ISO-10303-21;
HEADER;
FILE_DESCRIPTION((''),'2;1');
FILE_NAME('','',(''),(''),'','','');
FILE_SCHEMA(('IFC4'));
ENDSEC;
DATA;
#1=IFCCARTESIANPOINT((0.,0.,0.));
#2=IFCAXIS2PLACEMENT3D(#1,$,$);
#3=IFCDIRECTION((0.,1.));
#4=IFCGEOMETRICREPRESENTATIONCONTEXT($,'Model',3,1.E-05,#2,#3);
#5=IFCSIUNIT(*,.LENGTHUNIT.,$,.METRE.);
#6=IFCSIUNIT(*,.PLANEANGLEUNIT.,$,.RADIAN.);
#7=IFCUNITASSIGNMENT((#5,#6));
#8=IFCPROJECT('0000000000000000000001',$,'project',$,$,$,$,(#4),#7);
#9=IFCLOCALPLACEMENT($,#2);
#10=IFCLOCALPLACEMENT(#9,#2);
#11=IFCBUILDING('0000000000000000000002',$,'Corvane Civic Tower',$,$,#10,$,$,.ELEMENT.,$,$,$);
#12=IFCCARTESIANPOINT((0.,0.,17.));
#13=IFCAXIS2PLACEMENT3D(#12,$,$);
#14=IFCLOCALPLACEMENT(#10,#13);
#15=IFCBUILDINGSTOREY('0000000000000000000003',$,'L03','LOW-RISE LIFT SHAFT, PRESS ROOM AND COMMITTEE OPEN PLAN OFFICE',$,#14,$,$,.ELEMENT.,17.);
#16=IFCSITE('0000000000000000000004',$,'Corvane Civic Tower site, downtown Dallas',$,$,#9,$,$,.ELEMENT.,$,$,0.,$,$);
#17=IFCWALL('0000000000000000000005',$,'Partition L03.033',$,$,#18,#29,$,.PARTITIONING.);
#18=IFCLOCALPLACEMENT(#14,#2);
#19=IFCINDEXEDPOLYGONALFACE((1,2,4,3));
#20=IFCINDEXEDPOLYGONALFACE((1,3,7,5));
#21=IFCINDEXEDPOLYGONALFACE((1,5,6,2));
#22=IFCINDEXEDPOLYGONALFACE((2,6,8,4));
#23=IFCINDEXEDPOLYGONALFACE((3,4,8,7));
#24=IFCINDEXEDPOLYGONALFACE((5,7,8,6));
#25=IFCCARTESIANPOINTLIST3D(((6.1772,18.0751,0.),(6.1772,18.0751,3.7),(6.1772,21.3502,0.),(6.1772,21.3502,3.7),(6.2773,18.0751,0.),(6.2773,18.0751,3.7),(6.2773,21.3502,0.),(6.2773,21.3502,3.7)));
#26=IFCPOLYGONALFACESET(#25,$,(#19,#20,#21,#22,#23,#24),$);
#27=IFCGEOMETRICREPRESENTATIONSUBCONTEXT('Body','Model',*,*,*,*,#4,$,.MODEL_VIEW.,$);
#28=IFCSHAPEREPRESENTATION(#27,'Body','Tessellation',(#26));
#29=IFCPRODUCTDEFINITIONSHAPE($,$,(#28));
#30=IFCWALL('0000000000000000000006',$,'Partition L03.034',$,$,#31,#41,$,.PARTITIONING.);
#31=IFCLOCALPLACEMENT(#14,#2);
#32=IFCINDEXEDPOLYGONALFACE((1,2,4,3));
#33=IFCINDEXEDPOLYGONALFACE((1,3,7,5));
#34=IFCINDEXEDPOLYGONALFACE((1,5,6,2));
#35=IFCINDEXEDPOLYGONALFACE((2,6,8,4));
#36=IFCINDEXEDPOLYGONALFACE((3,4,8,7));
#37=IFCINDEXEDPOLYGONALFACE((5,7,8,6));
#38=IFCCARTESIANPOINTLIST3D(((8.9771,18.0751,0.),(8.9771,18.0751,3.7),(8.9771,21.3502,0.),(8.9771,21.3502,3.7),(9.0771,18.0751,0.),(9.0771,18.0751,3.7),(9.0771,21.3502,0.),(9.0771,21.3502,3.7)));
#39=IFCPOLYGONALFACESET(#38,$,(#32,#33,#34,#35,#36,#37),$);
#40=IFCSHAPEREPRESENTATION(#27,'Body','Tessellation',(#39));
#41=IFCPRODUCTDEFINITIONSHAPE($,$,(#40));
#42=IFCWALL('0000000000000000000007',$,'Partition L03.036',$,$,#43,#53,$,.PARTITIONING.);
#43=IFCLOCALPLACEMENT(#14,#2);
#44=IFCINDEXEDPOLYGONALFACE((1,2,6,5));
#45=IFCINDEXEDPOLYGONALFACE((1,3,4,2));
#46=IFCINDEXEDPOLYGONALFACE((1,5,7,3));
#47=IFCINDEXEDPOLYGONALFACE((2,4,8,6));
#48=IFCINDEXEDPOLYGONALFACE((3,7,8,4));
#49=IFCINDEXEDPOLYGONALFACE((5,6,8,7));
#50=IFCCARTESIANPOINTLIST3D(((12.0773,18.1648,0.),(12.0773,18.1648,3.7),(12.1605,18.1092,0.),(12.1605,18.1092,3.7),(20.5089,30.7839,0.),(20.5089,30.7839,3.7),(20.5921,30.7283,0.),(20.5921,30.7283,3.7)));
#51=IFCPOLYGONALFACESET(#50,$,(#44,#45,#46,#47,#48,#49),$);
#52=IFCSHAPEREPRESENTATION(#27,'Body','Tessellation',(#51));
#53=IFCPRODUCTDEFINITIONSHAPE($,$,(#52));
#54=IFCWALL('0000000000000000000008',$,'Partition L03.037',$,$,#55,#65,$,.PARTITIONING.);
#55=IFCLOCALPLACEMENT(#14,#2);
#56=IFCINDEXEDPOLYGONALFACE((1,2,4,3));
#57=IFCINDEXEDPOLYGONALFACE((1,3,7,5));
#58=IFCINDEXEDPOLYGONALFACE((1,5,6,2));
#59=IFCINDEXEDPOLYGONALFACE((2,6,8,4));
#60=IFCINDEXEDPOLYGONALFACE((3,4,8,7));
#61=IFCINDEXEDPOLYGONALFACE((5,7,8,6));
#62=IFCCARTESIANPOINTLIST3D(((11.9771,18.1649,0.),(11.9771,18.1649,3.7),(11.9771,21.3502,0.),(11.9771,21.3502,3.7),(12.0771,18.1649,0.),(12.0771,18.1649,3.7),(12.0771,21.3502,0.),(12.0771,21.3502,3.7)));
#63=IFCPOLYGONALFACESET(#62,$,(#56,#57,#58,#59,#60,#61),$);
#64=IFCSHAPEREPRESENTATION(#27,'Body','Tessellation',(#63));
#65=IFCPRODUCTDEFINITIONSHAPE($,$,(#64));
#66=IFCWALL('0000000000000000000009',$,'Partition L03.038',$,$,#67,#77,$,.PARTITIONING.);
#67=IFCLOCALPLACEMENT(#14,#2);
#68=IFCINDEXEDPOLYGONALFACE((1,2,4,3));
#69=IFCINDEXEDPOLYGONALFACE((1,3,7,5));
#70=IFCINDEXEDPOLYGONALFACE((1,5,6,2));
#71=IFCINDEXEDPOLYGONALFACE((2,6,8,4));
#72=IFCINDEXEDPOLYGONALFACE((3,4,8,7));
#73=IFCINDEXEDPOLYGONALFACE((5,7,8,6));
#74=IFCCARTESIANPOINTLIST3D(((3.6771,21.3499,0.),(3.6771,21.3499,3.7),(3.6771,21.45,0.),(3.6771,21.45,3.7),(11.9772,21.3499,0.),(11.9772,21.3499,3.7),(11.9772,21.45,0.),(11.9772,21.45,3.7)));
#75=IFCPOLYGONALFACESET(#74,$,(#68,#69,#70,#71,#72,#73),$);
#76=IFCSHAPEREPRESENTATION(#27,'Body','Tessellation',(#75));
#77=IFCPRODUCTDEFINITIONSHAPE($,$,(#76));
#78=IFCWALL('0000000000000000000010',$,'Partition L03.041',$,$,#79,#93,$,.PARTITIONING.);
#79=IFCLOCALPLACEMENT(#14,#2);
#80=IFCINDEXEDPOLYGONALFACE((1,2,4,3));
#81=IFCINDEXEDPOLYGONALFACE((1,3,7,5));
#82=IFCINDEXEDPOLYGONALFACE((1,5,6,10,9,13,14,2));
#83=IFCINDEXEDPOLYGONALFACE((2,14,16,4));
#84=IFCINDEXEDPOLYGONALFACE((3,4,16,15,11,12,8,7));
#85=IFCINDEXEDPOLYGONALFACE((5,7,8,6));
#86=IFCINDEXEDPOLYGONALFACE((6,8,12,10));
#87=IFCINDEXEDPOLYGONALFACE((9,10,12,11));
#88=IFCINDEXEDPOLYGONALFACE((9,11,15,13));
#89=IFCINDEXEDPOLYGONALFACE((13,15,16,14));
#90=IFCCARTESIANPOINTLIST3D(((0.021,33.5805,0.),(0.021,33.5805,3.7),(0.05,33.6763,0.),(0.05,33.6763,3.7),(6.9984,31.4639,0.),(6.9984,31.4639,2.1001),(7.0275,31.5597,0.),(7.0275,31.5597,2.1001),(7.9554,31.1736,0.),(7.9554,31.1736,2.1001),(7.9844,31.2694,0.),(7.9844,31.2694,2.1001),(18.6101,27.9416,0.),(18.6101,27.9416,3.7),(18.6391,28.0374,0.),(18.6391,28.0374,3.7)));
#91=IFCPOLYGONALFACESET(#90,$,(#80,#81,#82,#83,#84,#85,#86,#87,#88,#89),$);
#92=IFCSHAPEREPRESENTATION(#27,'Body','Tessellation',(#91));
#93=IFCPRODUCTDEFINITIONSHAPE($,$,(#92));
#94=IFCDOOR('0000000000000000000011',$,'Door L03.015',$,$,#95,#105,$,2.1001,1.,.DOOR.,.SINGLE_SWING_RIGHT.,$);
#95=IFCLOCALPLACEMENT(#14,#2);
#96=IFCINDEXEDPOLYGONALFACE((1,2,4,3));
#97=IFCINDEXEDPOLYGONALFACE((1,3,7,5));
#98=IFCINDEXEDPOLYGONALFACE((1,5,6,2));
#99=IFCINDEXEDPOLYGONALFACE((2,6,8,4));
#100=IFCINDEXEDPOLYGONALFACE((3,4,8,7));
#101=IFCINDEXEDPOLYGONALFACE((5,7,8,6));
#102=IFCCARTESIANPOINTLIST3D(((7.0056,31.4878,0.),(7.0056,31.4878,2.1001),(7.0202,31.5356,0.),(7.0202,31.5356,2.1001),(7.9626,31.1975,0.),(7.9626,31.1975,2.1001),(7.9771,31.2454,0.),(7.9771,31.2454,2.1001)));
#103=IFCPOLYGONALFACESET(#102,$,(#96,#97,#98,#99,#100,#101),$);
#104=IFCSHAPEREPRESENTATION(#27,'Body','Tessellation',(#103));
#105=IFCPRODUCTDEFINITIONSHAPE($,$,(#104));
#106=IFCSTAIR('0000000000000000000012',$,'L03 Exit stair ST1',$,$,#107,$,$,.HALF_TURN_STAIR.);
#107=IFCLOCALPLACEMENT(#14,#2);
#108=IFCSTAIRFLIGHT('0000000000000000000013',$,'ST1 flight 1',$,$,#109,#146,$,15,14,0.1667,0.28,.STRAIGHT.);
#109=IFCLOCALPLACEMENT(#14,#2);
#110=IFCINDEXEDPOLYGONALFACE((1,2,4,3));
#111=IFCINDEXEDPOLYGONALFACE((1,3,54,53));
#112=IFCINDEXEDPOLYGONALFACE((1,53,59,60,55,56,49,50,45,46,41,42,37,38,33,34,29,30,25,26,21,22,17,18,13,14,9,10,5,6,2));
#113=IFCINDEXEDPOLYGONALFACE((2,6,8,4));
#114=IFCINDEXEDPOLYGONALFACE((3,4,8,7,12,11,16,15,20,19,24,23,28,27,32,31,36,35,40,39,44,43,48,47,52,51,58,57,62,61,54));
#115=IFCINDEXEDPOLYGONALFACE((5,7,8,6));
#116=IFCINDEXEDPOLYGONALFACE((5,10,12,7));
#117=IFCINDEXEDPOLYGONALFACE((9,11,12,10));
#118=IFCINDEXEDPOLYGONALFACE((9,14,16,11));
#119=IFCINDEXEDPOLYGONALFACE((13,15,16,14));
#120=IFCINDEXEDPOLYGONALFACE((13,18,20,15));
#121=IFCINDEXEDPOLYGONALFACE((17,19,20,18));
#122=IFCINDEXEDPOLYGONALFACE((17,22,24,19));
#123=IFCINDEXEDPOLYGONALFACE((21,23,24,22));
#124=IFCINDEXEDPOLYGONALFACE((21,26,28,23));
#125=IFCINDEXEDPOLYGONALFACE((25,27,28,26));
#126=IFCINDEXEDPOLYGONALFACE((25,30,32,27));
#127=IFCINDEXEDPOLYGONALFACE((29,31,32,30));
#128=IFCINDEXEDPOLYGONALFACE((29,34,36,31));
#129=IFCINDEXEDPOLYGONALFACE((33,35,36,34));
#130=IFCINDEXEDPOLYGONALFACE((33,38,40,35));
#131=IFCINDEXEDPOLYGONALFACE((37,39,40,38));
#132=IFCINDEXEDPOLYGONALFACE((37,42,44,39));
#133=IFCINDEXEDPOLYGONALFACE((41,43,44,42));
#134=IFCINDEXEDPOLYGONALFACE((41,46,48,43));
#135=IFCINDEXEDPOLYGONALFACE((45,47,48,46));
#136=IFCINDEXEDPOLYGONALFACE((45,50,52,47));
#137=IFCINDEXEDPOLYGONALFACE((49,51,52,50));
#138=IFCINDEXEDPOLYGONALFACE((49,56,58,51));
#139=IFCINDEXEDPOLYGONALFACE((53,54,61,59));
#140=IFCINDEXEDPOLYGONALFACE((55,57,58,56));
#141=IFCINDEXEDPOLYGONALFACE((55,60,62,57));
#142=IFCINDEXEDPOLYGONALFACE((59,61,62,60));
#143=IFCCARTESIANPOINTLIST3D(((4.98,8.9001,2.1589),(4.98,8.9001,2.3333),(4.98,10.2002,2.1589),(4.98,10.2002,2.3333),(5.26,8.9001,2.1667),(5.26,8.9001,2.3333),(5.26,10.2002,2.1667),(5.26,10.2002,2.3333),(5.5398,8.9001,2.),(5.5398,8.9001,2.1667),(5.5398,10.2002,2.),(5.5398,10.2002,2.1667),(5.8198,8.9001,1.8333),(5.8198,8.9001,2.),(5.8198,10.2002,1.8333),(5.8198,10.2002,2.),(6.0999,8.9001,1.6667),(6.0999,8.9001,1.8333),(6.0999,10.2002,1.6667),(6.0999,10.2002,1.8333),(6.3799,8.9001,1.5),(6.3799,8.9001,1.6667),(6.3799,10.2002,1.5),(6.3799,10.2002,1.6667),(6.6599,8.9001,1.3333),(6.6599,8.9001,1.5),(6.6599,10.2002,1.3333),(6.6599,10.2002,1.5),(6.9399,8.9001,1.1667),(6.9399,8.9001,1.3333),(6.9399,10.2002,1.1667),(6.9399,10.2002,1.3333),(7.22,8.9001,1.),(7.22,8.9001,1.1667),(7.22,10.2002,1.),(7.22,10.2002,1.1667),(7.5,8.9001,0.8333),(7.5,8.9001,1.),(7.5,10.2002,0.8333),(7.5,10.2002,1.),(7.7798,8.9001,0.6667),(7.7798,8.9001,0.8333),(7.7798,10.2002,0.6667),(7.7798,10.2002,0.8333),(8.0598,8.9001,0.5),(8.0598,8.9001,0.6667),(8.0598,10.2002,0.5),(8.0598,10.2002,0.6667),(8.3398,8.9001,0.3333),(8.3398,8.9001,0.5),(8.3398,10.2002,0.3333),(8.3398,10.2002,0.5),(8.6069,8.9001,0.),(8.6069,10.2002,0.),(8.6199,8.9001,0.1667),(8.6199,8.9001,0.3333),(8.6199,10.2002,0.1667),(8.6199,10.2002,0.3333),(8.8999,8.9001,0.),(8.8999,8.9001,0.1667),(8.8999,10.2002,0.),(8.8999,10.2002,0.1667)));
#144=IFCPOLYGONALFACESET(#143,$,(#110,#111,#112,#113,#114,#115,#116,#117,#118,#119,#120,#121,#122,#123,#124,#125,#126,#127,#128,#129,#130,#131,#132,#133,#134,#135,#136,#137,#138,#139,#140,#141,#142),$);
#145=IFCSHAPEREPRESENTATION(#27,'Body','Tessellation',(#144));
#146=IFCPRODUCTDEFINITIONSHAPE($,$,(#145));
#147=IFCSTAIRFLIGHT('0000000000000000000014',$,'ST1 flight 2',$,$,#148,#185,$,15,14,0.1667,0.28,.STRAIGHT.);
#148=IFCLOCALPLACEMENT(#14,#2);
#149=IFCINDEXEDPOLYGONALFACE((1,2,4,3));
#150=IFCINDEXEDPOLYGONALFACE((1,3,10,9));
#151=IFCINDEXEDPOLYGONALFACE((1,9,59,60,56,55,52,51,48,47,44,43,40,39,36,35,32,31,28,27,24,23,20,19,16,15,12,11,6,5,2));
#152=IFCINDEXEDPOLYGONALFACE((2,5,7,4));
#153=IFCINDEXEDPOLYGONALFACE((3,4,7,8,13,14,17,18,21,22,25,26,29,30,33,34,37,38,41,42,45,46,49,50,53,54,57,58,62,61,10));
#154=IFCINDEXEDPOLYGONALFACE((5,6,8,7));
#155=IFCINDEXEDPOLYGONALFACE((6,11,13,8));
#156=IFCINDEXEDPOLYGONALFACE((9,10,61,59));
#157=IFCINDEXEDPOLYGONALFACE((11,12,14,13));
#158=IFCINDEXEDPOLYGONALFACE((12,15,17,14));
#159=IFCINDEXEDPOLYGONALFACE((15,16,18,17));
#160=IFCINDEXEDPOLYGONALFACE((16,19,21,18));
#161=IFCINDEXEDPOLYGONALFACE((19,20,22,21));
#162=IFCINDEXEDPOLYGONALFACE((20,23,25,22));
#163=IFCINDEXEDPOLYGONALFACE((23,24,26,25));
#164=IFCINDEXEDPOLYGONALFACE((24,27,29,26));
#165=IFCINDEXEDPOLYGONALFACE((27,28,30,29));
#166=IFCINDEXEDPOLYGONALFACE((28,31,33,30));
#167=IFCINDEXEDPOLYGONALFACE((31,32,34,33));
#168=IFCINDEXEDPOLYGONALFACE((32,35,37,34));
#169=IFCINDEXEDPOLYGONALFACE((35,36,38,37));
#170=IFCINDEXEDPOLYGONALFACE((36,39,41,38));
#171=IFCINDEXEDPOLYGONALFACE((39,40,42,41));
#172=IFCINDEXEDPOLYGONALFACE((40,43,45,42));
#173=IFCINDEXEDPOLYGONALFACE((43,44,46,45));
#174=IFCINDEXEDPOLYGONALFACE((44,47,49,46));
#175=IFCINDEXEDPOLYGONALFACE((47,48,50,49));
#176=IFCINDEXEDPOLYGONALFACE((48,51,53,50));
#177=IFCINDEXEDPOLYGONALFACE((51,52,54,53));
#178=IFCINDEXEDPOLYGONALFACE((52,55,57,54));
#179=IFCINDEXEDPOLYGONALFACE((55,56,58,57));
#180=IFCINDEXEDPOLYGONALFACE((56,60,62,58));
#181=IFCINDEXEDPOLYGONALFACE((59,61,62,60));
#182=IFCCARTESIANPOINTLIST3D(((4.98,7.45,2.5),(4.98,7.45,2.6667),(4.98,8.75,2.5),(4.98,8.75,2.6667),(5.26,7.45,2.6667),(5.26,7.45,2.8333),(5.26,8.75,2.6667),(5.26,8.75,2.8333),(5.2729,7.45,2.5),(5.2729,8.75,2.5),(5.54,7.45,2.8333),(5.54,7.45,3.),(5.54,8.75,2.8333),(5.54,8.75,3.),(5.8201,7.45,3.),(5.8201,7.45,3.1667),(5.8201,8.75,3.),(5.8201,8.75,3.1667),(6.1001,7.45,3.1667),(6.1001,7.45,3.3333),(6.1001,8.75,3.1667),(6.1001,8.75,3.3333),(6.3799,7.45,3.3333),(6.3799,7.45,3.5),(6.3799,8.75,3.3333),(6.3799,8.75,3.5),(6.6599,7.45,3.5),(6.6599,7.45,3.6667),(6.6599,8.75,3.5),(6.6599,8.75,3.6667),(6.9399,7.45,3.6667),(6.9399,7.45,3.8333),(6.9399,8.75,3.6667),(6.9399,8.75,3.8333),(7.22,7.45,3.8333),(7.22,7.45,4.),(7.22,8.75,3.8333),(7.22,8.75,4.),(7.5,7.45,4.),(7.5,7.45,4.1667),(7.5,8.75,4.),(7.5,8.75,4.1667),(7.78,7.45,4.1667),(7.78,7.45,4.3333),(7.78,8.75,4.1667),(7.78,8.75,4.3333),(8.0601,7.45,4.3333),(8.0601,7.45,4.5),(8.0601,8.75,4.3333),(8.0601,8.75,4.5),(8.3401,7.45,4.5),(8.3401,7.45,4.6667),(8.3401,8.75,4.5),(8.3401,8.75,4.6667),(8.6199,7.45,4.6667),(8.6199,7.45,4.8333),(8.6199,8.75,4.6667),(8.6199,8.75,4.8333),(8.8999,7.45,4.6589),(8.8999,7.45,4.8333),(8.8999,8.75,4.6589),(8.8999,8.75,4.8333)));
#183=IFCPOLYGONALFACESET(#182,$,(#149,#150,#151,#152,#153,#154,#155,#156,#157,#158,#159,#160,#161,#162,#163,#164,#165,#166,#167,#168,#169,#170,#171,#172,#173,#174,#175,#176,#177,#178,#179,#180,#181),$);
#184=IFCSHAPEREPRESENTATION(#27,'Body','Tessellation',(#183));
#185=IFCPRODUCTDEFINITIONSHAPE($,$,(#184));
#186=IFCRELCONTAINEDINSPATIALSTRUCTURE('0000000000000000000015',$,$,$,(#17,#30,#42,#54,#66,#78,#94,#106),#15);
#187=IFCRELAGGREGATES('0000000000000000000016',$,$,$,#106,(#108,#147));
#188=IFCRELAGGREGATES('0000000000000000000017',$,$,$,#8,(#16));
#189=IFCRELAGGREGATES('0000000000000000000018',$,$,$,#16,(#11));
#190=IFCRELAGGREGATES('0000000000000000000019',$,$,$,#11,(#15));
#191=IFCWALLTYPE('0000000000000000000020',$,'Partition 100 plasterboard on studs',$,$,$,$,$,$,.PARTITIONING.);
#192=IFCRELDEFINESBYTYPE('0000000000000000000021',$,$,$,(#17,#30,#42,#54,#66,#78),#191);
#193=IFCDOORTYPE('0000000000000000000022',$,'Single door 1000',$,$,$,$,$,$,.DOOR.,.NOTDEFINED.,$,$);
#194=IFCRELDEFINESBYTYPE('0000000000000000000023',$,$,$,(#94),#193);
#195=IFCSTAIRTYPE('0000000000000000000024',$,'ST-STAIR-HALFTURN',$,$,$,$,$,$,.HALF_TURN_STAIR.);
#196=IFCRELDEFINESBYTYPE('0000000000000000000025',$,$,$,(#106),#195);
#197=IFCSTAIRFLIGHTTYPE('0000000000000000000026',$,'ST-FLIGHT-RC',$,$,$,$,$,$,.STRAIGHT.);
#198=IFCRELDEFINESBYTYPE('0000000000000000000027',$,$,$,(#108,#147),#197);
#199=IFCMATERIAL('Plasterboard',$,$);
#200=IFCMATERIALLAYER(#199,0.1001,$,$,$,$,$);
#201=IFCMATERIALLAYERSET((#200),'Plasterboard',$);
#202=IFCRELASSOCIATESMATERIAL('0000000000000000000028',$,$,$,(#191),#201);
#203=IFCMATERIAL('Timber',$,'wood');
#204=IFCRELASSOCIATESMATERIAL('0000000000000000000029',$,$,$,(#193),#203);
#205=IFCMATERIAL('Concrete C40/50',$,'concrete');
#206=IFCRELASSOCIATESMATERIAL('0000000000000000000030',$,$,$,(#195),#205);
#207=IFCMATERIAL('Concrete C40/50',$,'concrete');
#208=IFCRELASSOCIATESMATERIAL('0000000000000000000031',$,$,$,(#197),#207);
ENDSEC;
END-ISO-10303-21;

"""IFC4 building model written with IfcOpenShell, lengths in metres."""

from ifc_helpers import new_model, si_unit, direction, frame, frame_2d, origin, place, context, subcontext, project, spatial, polyline, rectangle, outline, extrude, material, layer, layer_set, type_object, element, fill, aggregate, save


model = new_model("IFC4")

# Units and contexts
model_context = context("Model", 3, precision=1e-05, world=origin(), true_north=direction((0.0, 1.0)))
body_context = subcontext(model_context, "Body", "Model", "MODEL_VIEW")
ifc_project = project(units=[si_unit("LENGTHUNIT", "METRE"), si_unit("PLANEANGLEUNIT", "RADIAN")], contexts=[model_context])

# Site, building, storey
site_placement = place(None, origin())
site = spatial("IfcSite", under=ifc_project, at=site_placement, Name="Corvane Civic Tower site, downtown Dallas", CompositionType="ELEMENT", RefElevation=0.0)
building_placement = place(site_placement, origin())
building = spatial("IfcBuilding", under=site, at=building_placement, Name="Corvane Civic Tower", CompositionType="ELEMENT")
storey_placement = place(building_placement, frame((0.0, 0.0, 17.0)))
storey = spatial("IfcBuildingStorey", under=building, at=storey_placement, Name="L03", Description="LOW-RISE LIFT SHAFT, PRESS ROOM AND COMMITTEE OPEN PLAN OFFICE", CompositionType="ELEMENT", Elevation=17.0)

# Shared definitions
ifc_material_1 = material(Name="Plasterboard")
ifc_layer = layer(ifc_material_1, 0.1001)
ifc_layer_set = layer_set([ifc_layer], Name="Plasterboard")
wall_type = type_object("IfcWallType", Name="Partition 100 plasterboard on studs", PredefinedType="PARTITIONING", material=ifc_layer_set)
ifc_material_2 = material(Name="Timber", Category="wood")
door_type = type_object("IfcDoorType", Name="Single door 1000", OperationType="NOTDEFINED", PredefinedType="DOOR", material=ifc_material_2)

# Walls
for number, where, z_axis, x_axis, name in (
    (1, (6.2273, 18.075, 0.0), (0.0, 0.0, 1.0), (0.0, 1.0, 0.0), "Partition L03.033"),
    (2, (9.0271, 18.075, 0.0), (0.0, 0.0, 1.0), (0.0, 1.0, 0.0), "Partition L03.034"),
):
    element("IfcWall", number, at=place(storey_placement, frame(where, z_axis=z_axis, x_axis=x_axis)), inside=storey, type_object=wall_type, Name=name, PredefinedType="PARTITIONING", context=body_context, shape_type="SweptSolid", body=[
        extrude(rectangle(XDim=3.2751, YDim=0.1001, at=frame_2d((1.6377, 0.0))), origin(), (0.0, 0.0, 1.0), 3.7),
    ])
wall_1_placement = place(storey_placement, frame((12.1189, 18.137, 0.0), z_axis=(0.0, 0.0, 1.0), x_axis=(0.555561, 0.831476, 0.0)))
element("IfcWall", 3, at=wall_1_placement, inside=storey, type_object=wall_type, Name="Partition L03.036", PredefinedType="PARTITIONING", context=body_context, shape_type="SweptSolid", body=[
    extrude(rectangle(XDim=15.1768, YDim=0.1001, at=frame_2d((7.5884, 0.0))), origin(), (0.0, 0.0, 1.0), 3.7),
])
wall_2_placement = place(storey_placement, frame((12.0271, 18.1648, 0.0), z_axis=(0.0, 0.0, 1.0), x_axis=(0.0, 1.0, 0.0)))
element("IfcWall", 4, at=wall_2_placement, inside=storey, type_object=wall_type, Name="Partition L03.037", PredefinedType="PARTITIONING", context=body_context, shape_type="SweptSolid", body=[
    extrude(rectangle(XDim=3.1853, YDim=0.1001, at=frame_2d((1.5928, 0.0))), origin(), (0.0, 0.0, 1.0), 3.7),
])
wall_3_placement = place(storey_placement, frame((3.6772, 21.3999, 0.0), z_axis=(0.0, 0.0, 1.0), x_axis=(1.0, 0.0, 0.0)))
element("IfcWall", 5, at=wall_3_placement, inside=storey, type_object=wall_type, Name="Partition L03.038", PredefinedType="PARTITIONING", context=body_context, shape_type="SweptSolid", body=[
    extrude(rectangle(XDim=8.3, YDim=0.1001, at=frame_2d((4.1499, 0.0))), origin(), (0.0, 0.0, 1.0), 3.7),
])

# Wall, opening, door
wall_4_placement = place(storey_placement, frame((0.0354, 33.6284, 0.0), z_axis=(0.0, 0.0, 1.0), x_axis=(0.956941, -0.290283, 0.0)))
wall_4 = element("IfcWall", 6, at=wall_4_placement, inside=storey, type_object=wall_type, Name="Partition L03.041", PredefinedType="PARTITIONING", context=body_context, shape_type="SweptSolid", body=[
    extrude(rectangle(XDim=19.4255, YDim=0.1001, at=frame_2d((9.7129, 0.0))), origin(), (0.0, 0.0, 1.0), 3.7),
])
opening_1_placement = place(wall_4_placement, frame((7.2915, 0.0, 0.0)))
opening_1 = element("IfcOpeningElement", 7, at=opening_1_placement, cuts=wall_4, PredefinedType="OPENING", context=body_context, shape_type="SweptSolid", body=[
    extrude(rectangle(XDim=1.0, YDim=2.1001, at=frame_2d((0.5, 1.05))), frame((0.0, 0.0601, 0.0), z_axis=(0.0, -1.0, 0.0), x_axis=(1.0, 0.0, 0.0)), (0.0, 0.0, 1.0), 0.1201),
])
door_1_placement = place(opening_1_placement, origin())
door_1 = element("IfcDoor", 8, at=door_1_placement, inside=storey, type_object=door_type, Name="Door L03.015", OperationType="SINGLE_SWING_RIGHT", OverallHeight=2.1001, OverallWidth=1.0, PredefinedType="DOOR", context=body_context, shape_type="SweptSolid", body=[
    extrude(rectangle(XDim=1.0, YDim=2.1001, at=frame_2d((0.5, 1.05))), frame((0.0, 0.0249, 0.0), z_axis=(0.0, -1.0, 0.0), x_axis=(1.0, 0.0, 0.0)), (0.0, 0.0, 1.0), 0.05),
])
fill(opening_1, door_1)

# Stair, stair flights
ifc_material_3 = material(Name="Concrete C40/50", Category="concrete")
stair_type = type_object("IfcStairType", Name="ST-STAIR-HALFTURN", PredefinedType="HALF_TURN_STAIR", material=ifc_material_3)
stair_placement = place(storey_placement, origin())
stair = element("IfcStair", 9, at=stair_placement, inside=storey, type_object=stair_type, Name="L03 Exit stair ST1", PredefinedType="HALF_TURN_STAIR")
ifc_material_4 = material(Name="Concrete C40/50", Category="concrete")
stair_flight_type = type_object("IfcStairFlightType", Name="ST-FLIGHT-RC", PredefinedType="STRAIGHT", material=ifc_material_4)
stair_flight_1_placement = place(storey_placement, frame((8.8999, 9.55, 0.0), z_axis=(0.0, 0.0, 1.0), x_axis=(-1.0, 0.0, 0.0)))
stair_flight_1 = element("IfcStairFlight", 10, at=stair_flight_1_placement, type_object=stair_flight_type, Name="ST1 flight 1", NumberOfRisers=15, NumberOfTreads=14, PredefinedType="STRAIGHT", RiserHeight=0.1667, TreadLength=0.28, context=body_context, shape_type="SweptSolid", body=[
    extrude(outline(polyline([(0.0, 0.0), (0.0, 0.1667), (0.28, 0.1667), (0.28, 0.3333), (0.5601, 0.3333), (0.5601, 0.5), (0.8401, 0.5), (0.8401, 0.6667), (1.1201, 0.6667), (1.1201, 0.8333), (1.3999, 0.8333), (1.3999, 1.0), (1.6799, 1.0), (1.6799, 1.1667), (1.96, 1.1667), (1.96, 1.3333), (2.24, 1.3333), (2.24, 1.5), (2.52, 1.5), (2.52, 1.6667), (2.8, 1.6667), (2.8, 1.8333), (3.0801, 1.8333), (3.0801, 2.0), (3.3601, 2.0), (3.3601, 2.1667), (3.6399, 2.1667), (3.6399, 2.3333), (3.9199, 2.3333), (3.9199, 2.5), (3.9199, 2.1589), (0.293, 0.0), (0.0, 0.0)])), frame((0.0, 0.6499, 0.0), z_axis=(0.0, -1.0, 0.0), x_axis=(1.0, 0.0, 0.0)), (0.0, 0.0, 1.0), 1.3),
])
stair_flight_2_placement = place(storey_placement, frame((4.98, 8.1001, 2.5), z_axis=(0.0, 0.0, 1.0), x_axis=(1.0, 0.0, 0.0)))
stair_flight_2 = element("IfcStairFlight", 11, at=stair_flight_2_placement, type_object=stair_flight_type, Name="ST1 flight 2", NumberOfRisers=15, NumberOfTreads=14, PredefinedType="STRAIGHT", RiserHeight=0.1667, TreadLength=0.28, context=body_context, shape_type="SweptSolid", body=[
    extrude(outline(polyline([(0.0, 0.0), (0.0, 0.1667), (0.28, 0.1667), (0.28, 0.3333), (0.5601, 0.3333), (0.5601, 0.5), (0.8401, 0.5), (0.8401, 0.6667), (1.1201, 0.6667), (1.1201, 0.8333), (1.3999, 0.8333), (1.3999, 1.0), (1.6799, 1.0), (1.6799, 1.1667), (1.96, 1.1667), (1.96, 1.3333), (2.24, 1.3333), (2.24, 1.5), (2.52, 1.5), (2.52, 1.6667), (2.8, 1.6667), (2.8, 1.8333), (3.0801, 1.8333), (3.0801, 2.0), (3.3601, 2.0), (3.3601, 2.1667), (3.6399, 2.1667), (3.6399, 2.3333), (3.9199, 2.3333), (3.9199, 2.5), (3.9199, 2.1589), (0.293, 0.0), (0.0, 0.0)])), frame((0.0, 0.6499, 0.0), z_axis=(0.0, -1.0, 0.0), x_axis=(1.0, 0.0, 0.0)), (0.0, 0.0, 1.0), 1.3),
])
aggregate(stair, [stair_flight_1, stair_flight_2])

save(model, "model.ifc")
